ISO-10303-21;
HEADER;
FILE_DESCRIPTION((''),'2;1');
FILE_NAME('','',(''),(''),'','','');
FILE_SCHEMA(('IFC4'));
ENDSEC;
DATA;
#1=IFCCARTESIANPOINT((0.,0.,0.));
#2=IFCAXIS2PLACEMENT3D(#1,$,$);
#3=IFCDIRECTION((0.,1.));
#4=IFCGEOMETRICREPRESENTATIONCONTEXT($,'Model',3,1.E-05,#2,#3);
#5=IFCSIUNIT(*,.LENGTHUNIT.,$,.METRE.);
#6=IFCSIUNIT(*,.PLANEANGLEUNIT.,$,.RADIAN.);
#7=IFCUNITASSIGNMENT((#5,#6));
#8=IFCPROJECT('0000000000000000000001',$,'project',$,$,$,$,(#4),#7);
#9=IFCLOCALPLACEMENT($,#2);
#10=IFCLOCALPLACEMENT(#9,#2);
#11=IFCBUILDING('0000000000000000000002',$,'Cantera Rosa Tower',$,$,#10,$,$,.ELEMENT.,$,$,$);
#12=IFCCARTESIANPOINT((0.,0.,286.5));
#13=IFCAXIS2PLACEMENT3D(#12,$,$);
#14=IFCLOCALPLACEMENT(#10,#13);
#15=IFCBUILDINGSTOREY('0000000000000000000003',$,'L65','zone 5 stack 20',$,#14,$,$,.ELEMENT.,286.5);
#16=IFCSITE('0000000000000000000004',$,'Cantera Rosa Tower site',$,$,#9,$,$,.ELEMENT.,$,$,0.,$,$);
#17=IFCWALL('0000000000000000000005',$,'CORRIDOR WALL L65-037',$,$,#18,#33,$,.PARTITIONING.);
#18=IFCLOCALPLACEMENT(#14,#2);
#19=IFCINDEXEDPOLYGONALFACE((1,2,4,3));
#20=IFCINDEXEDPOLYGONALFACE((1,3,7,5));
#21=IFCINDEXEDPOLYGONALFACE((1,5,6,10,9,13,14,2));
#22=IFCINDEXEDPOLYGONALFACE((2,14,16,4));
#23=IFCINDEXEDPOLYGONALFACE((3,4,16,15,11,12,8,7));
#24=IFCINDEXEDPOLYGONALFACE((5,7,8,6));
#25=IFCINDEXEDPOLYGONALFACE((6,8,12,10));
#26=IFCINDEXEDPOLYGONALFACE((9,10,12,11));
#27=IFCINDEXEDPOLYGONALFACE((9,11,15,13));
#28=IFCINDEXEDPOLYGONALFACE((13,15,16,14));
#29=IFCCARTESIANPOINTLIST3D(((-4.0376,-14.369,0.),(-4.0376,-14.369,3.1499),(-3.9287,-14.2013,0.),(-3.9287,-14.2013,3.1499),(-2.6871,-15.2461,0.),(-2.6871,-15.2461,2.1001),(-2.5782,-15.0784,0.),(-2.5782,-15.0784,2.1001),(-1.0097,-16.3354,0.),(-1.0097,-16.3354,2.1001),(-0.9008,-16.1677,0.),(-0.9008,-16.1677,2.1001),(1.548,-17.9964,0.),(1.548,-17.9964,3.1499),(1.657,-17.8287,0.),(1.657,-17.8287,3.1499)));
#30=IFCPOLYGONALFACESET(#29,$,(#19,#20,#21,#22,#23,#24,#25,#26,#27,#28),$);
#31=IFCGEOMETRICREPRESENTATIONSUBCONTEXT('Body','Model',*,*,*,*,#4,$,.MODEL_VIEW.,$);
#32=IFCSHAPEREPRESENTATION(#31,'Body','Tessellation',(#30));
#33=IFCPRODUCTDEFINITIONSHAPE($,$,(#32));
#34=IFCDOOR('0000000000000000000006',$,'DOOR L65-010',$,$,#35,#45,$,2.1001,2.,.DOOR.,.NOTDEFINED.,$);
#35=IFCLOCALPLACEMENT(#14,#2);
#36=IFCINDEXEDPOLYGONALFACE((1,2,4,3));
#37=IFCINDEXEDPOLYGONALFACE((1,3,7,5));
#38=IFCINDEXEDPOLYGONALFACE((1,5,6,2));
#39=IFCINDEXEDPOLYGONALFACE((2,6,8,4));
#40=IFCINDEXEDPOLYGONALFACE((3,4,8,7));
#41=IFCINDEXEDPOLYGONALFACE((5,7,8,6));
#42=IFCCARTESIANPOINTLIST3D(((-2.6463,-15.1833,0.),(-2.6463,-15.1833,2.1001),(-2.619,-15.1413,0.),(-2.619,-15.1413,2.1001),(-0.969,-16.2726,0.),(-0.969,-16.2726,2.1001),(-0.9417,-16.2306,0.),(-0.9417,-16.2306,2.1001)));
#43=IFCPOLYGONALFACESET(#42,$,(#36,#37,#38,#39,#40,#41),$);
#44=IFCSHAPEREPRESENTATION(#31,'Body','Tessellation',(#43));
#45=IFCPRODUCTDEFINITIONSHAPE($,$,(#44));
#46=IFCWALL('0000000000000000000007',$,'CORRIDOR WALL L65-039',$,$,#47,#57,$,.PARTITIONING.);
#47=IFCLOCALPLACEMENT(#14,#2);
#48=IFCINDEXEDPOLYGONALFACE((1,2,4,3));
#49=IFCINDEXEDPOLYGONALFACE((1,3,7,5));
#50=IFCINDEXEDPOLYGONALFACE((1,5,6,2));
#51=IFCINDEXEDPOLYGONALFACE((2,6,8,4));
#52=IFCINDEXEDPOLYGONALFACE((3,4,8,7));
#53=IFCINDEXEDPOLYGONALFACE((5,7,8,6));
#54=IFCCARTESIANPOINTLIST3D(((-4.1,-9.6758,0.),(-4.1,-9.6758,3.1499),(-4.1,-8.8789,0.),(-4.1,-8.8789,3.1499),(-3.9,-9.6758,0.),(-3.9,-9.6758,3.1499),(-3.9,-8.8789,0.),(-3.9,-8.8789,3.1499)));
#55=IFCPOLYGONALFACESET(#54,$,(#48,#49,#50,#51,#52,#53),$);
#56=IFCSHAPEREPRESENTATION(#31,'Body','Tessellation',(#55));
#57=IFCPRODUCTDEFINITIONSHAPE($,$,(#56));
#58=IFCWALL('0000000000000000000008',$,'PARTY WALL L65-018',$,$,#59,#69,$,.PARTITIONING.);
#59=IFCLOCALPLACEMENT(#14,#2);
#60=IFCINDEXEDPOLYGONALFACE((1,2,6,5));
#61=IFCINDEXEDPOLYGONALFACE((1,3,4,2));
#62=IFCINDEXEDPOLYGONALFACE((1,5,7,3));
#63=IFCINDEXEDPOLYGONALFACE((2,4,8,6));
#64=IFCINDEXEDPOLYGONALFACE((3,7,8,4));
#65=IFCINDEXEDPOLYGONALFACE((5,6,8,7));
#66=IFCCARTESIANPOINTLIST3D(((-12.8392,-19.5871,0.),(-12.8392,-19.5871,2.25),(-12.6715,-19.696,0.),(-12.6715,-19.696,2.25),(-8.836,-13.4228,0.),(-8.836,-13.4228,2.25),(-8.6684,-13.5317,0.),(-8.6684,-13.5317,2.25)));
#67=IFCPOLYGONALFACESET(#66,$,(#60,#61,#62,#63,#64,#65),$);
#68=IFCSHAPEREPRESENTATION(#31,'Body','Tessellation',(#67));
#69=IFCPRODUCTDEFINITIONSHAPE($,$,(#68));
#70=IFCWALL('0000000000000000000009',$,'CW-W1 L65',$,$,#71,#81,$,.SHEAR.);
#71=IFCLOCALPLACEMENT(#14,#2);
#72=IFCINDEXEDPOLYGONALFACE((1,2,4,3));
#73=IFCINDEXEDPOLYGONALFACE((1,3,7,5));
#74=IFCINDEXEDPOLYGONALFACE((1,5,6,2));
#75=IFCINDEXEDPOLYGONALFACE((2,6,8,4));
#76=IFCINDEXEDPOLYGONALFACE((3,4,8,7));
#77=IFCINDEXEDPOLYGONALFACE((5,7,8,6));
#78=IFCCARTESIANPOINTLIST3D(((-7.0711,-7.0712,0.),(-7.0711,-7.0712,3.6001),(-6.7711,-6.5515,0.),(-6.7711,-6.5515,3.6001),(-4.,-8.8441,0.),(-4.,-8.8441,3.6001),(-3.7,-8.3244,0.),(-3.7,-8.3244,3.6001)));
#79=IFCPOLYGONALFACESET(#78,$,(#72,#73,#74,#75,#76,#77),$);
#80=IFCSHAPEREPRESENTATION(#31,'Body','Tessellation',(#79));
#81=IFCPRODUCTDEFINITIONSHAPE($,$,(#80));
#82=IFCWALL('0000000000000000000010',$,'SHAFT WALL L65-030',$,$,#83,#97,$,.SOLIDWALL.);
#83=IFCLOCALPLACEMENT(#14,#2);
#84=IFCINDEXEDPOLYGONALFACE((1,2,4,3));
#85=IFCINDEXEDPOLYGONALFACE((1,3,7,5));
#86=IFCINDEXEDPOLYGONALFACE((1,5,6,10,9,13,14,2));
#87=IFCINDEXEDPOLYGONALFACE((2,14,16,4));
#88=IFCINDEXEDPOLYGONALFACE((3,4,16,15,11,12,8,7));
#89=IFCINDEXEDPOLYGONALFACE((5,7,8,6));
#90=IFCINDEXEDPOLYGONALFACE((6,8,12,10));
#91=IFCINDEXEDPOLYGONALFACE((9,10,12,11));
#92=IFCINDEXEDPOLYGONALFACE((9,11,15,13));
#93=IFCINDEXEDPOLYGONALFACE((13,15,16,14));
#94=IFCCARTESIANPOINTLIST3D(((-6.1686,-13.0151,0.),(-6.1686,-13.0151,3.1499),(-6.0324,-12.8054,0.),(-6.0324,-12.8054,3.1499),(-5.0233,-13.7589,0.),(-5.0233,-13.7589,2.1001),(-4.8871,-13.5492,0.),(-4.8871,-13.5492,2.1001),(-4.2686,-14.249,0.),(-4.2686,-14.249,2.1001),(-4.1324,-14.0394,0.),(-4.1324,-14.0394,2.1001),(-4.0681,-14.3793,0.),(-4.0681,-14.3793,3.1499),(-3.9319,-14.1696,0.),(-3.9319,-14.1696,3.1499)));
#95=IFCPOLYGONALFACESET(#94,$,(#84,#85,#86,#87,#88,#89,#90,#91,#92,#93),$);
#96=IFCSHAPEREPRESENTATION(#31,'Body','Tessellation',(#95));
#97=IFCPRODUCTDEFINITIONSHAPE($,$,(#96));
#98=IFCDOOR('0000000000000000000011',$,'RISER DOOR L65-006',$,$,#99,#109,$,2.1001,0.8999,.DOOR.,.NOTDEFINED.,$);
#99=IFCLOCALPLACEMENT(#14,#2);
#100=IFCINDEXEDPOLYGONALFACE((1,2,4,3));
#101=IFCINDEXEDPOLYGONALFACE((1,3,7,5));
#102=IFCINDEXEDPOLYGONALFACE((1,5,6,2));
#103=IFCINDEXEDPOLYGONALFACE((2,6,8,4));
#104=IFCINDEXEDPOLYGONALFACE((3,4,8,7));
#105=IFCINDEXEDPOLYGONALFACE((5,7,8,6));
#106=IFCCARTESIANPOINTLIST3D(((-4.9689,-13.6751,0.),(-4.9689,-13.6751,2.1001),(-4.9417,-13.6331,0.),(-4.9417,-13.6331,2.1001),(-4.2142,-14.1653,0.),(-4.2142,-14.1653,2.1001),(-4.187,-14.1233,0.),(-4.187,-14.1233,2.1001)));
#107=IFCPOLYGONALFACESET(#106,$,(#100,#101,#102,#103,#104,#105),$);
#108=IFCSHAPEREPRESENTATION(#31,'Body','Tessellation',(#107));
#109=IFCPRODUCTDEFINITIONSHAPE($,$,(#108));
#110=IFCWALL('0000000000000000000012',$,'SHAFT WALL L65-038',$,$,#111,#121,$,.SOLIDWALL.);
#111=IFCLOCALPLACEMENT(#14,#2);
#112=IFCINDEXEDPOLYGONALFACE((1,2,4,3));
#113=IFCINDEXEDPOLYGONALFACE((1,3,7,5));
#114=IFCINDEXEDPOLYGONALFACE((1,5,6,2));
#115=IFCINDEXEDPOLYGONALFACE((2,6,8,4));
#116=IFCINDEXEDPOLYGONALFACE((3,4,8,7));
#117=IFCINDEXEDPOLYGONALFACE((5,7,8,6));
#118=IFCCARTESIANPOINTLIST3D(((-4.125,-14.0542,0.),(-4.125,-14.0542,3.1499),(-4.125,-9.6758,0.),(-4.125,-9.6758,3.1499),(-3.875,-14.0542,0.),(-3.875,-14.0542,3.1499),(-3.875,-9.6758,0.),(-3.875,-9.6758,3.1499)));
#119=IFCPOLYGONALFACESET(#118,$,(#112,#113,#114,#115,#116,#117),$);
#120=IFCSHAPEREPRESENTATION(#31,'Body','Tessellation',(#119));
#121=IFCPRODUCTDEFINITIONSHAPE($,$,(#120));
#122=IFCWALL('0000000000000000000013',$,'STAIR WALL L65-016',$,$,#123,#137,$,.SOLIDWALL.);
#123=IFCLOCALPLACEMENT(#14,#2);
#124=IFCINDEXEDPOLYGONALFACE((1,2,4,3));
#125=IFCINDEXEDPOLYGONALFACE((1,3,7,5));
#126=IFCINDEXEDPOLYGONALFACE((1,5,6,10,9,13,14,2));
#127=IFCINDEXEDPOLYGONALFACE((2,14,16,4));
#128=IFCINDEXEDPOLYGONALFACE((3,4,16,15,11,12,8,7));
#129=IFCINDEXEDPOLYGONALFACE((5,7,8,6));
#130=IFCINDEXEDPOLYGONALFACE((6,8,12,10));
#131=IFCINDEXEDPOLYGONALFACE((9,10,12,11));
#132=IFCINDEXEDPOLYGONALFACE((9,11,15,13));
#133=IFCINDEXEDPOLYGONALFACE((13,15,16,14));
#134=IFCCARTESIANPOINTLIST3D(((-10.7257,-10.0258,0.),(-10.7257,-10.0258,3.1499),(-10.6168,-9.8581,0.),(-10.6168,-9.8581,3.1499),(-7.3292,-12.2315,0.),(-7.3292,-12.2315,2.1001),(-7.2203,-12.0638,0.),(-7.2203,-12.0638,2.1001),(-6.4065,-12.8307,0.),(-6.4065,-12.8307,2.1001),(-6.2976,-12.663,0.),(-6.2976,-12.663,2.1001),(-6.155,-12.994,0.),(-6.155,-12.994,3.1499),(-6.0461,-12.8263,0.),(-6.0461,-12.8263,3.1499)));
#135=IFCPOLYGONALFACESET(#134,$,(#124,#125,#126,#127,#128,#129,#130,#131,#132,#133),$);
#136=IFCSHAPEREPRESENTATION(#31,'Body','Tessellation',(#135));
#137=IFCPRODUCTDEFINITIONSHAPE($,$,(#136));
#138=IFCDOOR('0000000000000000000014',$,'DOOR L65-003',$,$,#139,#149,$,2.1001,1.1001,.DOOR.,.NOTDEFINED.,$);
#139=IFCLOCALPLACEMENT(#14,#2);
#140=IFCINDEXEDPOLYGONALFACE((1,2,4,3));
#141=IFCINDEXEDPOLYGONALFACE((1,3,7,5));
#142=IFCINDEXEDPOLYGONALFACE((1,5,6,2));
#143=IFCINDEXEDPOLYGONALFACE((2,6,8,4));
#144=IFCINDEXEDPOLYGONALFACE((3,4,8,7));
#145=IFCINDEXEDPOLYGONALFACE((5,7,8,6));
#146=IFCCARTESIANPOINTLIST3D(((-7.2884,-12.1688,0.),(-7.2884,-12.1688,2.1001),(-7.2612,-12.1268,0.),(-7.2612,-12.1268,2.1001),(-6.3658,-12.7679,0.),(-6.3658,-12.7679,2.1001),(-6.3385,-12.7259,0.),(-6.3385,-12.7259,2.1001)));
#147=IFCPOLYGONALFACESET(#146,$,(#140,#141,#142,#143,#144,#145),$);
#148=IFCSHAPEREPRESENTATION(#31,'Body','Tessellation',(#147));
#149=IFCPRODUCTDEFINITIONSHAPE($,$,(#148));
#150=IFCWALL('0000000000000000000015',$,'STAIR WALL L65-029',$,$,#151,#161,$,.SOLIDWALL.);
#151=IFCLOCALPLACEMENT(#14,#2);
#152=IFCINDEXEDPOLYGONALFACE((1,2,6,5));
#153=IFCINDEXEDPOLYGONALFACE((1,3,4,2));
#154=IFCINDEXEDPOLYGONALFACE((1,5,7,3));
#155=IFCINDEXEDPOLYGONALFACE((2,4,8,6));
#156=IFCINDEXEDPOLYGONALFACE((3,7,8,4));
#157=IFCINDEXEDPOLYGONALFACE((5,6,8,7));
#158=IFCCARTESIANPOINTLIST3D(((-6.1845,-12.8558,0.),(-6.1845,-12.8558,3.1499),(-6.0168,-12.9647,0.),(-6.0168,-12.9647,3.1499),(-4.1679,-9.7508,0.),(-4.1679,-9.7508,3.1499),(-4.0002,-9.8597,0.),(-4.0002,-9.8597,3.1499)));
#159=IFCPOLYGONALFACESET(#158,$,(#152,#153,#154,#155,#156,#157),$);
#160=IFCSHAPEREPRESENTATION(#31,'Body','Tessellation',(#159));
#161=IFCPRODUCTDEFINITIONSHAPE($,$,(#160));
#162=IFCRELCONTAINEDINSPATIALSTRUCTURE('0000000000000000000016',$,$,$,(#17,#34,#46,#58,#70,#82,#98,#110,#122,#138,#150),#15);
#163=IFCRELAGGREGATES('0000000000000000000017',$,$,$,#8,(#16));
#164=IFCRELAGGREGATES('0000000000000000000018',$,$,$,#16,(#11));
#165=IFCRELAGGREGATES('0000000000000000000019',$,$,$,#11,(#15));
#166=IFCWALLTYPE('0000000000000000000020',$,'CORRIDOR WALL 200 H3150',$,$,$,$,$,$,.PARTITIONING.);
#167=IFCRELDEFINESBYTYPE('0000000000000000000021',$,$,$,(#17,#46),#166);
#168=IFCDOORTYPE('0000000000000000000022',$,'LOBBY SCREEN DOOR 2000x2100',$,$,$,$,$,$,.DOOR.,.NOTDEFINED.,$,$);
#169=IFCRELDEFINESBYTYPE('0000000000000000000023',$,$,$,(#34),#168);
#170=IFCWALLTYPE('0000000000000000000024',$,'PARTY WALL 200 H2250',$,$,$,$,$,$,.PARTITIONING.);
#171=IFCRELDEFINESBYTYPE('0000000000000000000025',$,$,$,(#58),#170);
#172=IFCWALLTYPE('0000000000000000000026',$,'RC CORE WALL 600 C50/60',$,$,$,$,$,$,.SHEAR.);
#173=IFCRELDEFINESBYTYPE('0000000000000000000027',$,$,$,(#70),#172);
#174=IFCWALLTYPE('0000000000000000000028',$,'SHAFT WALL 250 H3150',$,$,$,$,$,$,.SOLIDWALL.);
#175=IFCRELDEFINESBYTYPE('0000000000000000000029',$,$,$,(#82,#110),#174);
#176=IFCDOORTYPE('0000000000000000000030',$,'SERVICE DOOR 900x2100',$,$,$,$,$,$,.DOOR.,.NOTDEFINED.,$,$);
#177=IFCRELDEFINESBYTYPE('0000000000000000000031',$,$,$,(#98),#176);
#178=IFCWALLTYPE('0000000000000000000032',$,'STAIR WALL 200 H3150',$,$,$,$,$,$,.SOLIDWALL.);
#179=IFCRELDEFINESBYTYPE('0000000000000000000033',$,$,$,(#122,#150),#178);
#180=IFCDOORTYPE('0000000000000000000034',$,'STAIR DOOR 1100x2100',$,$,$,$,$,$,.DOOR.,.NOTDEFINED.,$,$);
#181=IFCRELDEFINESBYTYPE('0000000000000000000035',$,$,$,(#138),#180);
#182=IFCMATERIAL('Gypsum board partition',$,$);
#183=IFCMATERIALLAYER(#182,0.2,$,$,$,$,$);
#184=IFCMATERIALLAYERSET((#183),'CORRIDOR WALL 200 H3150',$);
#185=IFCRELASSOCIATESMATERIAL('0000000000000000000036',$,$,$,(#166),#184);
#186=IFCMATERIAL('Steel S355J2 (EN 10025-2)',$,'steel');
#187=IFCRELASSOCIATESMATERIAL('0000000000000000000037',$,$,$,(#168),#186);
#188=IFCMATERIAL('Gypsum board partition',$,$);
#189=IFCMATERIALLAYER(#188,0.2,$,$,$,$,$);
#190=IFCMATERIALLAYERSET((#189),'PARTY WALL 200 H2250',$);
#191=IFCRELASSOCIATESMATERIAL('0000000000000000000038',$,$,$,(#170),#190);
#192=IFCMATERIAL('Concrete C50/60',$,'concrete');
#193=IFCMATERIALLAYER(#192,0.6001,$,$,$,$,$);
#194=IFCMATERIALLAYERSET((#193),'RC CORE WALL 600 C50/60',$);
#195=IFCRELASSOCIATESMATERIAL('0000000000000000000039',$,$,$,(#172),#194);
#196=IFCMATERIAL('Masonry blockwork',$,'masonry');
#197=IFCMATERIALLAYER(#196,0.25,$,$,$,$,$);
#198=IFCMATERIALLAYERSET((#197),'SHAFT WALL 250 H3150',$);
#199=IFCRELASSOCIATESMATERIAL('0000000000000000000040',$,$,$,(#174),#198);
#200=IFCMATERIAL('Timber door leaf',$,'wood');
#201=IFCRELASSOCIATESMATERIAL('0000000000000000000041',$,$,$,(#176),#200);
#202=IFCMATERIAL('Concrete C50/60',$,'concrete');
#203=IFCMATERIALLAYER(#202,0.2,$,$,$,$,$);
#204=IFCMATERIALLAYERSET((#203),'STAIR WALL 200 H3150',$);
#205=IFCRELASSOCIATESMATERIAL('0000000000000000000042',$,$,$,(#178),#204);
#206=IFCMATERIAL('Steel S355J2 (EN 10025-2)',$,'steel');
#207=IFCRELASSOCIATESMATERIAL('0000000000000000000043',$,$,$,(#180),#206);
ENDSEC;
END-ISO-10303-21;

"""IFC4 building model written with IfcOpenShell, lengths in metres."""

from ifc_helpers import new_model, si_unit, direction, frame, frame_2d, origin, place, context, subcontext, project, spatial, rectangle, extrude, material, layer, layer_set, type_object, element, fill, save


model = new_model("IFC4")

# Units and contexts
model_context = context("Model", 3, precision=1e-05, world=origin(), true_north=direction((0.0, 1.0)))
body_context = subcontext(model_context, "Body", "Model", "MODEL_VIEW")
ifc_project = project(units=[si_unit("LENGTHUNIT", "METRE"), si_unit("PLANEANGLEUNIT", "RADIAN")], contexts=[model_context])

# Site, building, storey
site_placement = place(None, origin())
site = spatial("IfcSite", under=ifc_project, at=site_placement, Name="Cantera Rosa Tower site", CompositionType="ELEMENT", RefElevation=0.0)
building_placement = place(site_placement, origin())
building = spatial("IfcBuilding", under=site, at=building_placement, Name="Cantera Rosa Tower", CompositionType="ELEMENT")
storey_placement = place(building_placement, frame((0.0, 0.0, 286.5)))
storey = spatial("IfcBuildingStorey", under=building, at=storey_placement, Name="L65", Description="zone 5 stack 20", CompositionType="ELEMENT", Elevation=286.5)

# Wall, opening, door
ifc_material_1 = material(Name="Gypsum board partition")
ifc_layer_1 = layer(ifc_material_1, 0.2)
ifc_layer_set_1 = layer_set([ifc_layer_1], Name="CORRIDOR WALL 200 H3150")
wall_type_1 = type_object("IfcWallType", Name="CORRIDOR WALL 200 H3150", PredefinedType="PARTITIONING", material=ifc_layer_set_1)
wall_1_placement = place(storey_placement, frame((-3.9832, -14.2852, 0.0), z_axis=(0.0, 0.0, 1.0), x_axis=(0.838667, -0.544644, 0.0)))
wall_1 = element("IfcWall", 1, at=wall_1_placement, inside=storey, type_object=wall_type_1, Name="CORRIDOR WALL L65-037", PredefinedType="PARTITIONING", context=body_context, shape_type="SweptSolid", body=[
    extrude(rectangle(XDim=6.6602, YDim=0.2, at=frame_2d((3.3301, 0.0))), origin(), (0.0, 0.0, 1.0), 3.1499),
])
opening_1_placement = place(wall_1_placement, frame((1.6104, 0.0, 0.0)))
opening_1 = element("IfcOpeningElement", 2, at=opening_1_placement, cuts=wall_1, PredefinedType="OPENING", context=body_context, shape_type="SweptSolid", body=[
    extrude(rectangle(XDim=2.0, YDim=2.1001, at=frame_2d((1.0, 1.05))), frame((0.0, 0.1099, 0.0), z_axis=(0.0, -1.0, 0.0), x_axis=(1.0, 0.0, 0.0)), (0.0, 0.0, 1.0), 0.22),
])
ifc_material_2 = material(Name="Steel S355J2 (EN 10025-2)", Category="steel")
door_type_1 = type_object("IfcDoorType", Name="LOBBY SCREEN DOOR 2000x2100", OperationType="NOTDEFINED", PredefinedType="DOOR", material=ifc_material_2)
door_1_placement = place(opening_1_placement, origin())
door_1 = element("IfcDoor", 3, at=door_1_placement, inside=storey, type_object=door_type_1, Name="DOOR L65-010", OperationType="NOTDEFINED", OverallHeight=2.1001, OverallWidth=2.0, PredefinedType="DOOR", context=body_context, shape_type="SweptSolid", body=[
    extrude(rectangle(XDim=2.0, YDim=2.1001, at=frame_2d((1.0, 1.05))), frame((0.0, 0.0249, 0.0), z_axis=(0.0, -1.0, 0.0), x_axis=(1.0, 0.0, 0.0)), (0.0, 0.0, 1.0), 0.05),
])
fill(opening_1, door_1)

# Wall
wall_2_placement = place(storey_placement, frame((-4.0, -9.6758, 0.0), z_axis=(0.0, 0.0, 1.0), x_axis=(0.0, 1.0, 0.0)))
element("IfcWall", 4, at=wall_2_placement, inside=storey, type_object=wall_type_1, Name="CORRIDOR WALL L65-039", PredefinedType="PARTITIONING", context=body_context, shape_type="SweptSolid", body=[
    extrude(rectangle(XDim=0.7969, YDim=0.2, at=frame_2d((0.3984, 0.0))), origin(), (0.0, 0.0, 1.0), 3.1499),
])

# Walls
ifc_material_3 = material(Name="Gypsum board partition")
ifc_layer_2 = layer(ifc_material_3, 0.2)
ifc_layer_set_2 = layer_set([ifc_layer_2], Name="PARTY WALL 200 H2250")
wall_type_2 = type_object("IfcWallType", Name="PARTY WALL 200 H2250", PredefinedType="PARTITIONING", material=ifc_layer_set_2)
wall_3_placement = place(storey_placement, frame((-8.7522, -13.4773, 0.0), z_axis=(0.0, 0.0, 1.0), x_axis=(-0.544642, -0.838669, 0.0)))
element("IfcWall", 5, at=wall_3_placement, inside=storey, type_object=wall_type_2, Name="PARTY WALL L65-018", PredefinedType="PARTITIONING", context=body_context, shape_type="SweptSolid", body=[
    extrude(rectangle(XDim=7.3501, YDim=0.2, at=frame_2d((3.675, 0.0))), origin(), (0.0, 0.0, 1.0), 2.25),
])
ifc_material_4 = material(Name="Concrete C50/60", Category="concrete")
ifc_layer_3 = layer(ifc_material_4, 0.6001)
ifc_layer_set_3 = layer_set([ifc_layer_3], Name="RC CORE WALL 600 C50/60")
wall_type_3 = type_object("IfcWallType", Name="RC CORE WALL 600 C50/60", PredefinedType="SHEAR", material=ifc_layer_set_3)
wall_4_placement = place(storey_placement, frame((-3.8501, -8.5842, 0.0), z_axis=(0.0, 0.0, 1.0), x_axis=(-0.86604, 0.499975, 0.0)))
element("IfcWall", 6, at=wall_4_placement, inside=storey, type_object=wall_type_3, Name="CW-W1 L65", PredefinedType="SHEAR", context=body_context, shape_type="SweptSolid", body=[
    extrude(rectangle(XDim=3.5461, YDim=0.6001, at=frame_2d((1.7729, 0.0))), origin(), (0.0, 0.0, 1.0), 3.6001),
])

# Wall, opening, door
ifc_material_5 = material(Name="Masonry blockwork", Category="masonry")
ifc_layer_4 = layer(ifc_material_5, 0.25)
ifc_layer_set_4 = layer_set([ifc_layer_4], Name="SHAFT WALL 250 H3150")
wall_type_4 = type_object("IfcWallType", Name="SHAFT WALL 250 H3150", PredefinedType="SOLIDWALL", material=ifc_layer_set_4)
wall_5_placement = place(storey_placement, frame((-6.1006, -12.9102, 0.0), z_axis=(0.0, 0.0, 1.0), x_axis=(0.838648, -0.544673, 0.0)))
wall_5 = element("IfcWall", 7, at=wall_5_placement, inside=storey, type_object=wall_type_4, Name="SHAFT WALL L65-030", PredefinedType="SOLIDWALL", context=body_context, shape_type="SweptSolid", body=[
    extrude(rectangle(XDim=2.5046, YDim=0.25, at=frame_2d((1.2524, 0.0))), origin(), (0.0, 0.0, 1.0), 3.1499),
])
opening_2_placement = place(wall_5_placement, frame((1.3657, 0.0, 0.0)))
opening_2 = element("IfcOpeningElement", 8, at=opening_2_placement, cuts=wall_5, PredefinedType="OPENING", context=body_context, shape_type="SweptSolid", body=[
    extrude(rectangle(XDim=0.8999, YDim=2.1001, at=frame_2d((0.45, 1.05))), frame((0.0, 0.135, 0.0), z_axis=(0.0, -1.0, 0.0), x_axis=(1.0, 0.0, 0.0)), (0.0, 0.0, 1.0), 0.27),
])
ifc_material_6 = material(Name="Timber door leaf", Category="wood")
door_type_2 = type_object("IfcDoorType", Name="SERVICE DOOR 900x2100", OperationType="NOTDEFINED", PredefinedType="DOOR", material=ifc_material_6)
door_2_placement = place(opening_2_placement, origin())
door_2 = element("IfcDoor", 9, at=door_2_placement, inside=storey, type_object=door_type_2, Name="RISER DOOR L65-006", OperationType="NOTDEFINED", OverallHeight=2.1001, OverallWidth=0.8999, PredefinedType="DOOR", context=body_context, shape_type="SweptSolid", body=[
    extrude(rectangle(XDim=0.8999, YDim=2.1001, at=frame_2d((0.45, 1.05))), frame((0.0, 0.0249, 0.0), z_axis=(0.0, -1.0, 0.0), x_axis=(1.0, 0.0, 0.0)), (0.0, 0.0, 1.0), 0.05),
])
fill(opening_2, door_2)

# Wall
wall_6_placement = place(storey_placement, frame((-4.0, -9.6758, 0.0), z_axis=(0.0, 0.0, 1.0), x_axis=(0.0, -1.0, 0.0)))
element("IfcWall", 10, at=wall_6_placement, inside=storey, type_object=wall_type_4, Name="SHAFT WALL L65-038", PredefinedType="SOLIDWALL", context=body_context, shape_type="SweptSolid", body=[
    extrude(rectangle(XDim=4.3784, YDim=0.25, at=frame_2d((2.1892, 0.0))), origin(), (0.0, 0.0, 1.0), 3.1499),
])

# Wall, opening, door
ifc_material_7 = material(Name="Concrete C50/60", Category="concrete")
ifc_layer_5 = layer(ifc_material_7, 0.2)
ifc_layer_set_5 = layer_set([ifc_layer_5], Name="STAIR WALL 200 H3150")
wall_type_5 = type_object("IfcWallType", Name="STAIR WALL 200 H3150", PredefinedType="SOLIDWALL", material=ifc_layer_set_5)
wall_7_placement = place(storey_placement, frame((-10.6714, -9.9419, 0.0), z_axis=(0.0, 0.0, 1.0), x_axis=(0.838675, -0.544632, 0.0)))
wall_7 = element("IfcWall", 11, at=wall_7_placement, inside=storey, type_object=wall_type_5, Name="STAIR WALL L65-016", PredefinedType="SOLIDWALL", context=body_context, shape_type="SweptSolid", body=[
    extrude(rectangle(XDim=5.45, YDim=0.2, at=frame_2d((2.7251, 0.0))), origin(), (0.0, 0.0, 1.0), 3.1499),
])
opening_3_placement = place(wall_7_placement, frame((4.05, 0.0, 0.0)))
opening_3 = element("IfcOpeningElement", 12, at=opening_3_placement, cuts=wall_7, PredefinedType="OPENING", context=body_context, shape_type="SweptSolid", body=[
    extrude(rectangle(XDim=1.1001, YDim=2.1001, at=frame_2d((0.55, 1.05))), frame((0.0, 0.1099, 0.0), z_axis=(0.0, -1.0, 0.0), x_axis=(1.0, 0.0, 0.0)), (0.0, 0.0, 1.0), 0.22),
])
ifc_material_8 = material(Name="Steel S355J2 (EN 10025-2)", Category="steel")
door_type_3 = type_object("IfcDoorType", Name="STAIR DOOR 1100x2100", OperationType="NOTDEFINED", PredefinedType="DOOR", material=ifc_material_8)
door_3_placement = place(opening_3_placement, origin())
door_3 = element("IfcDoor", 13, at=door_3_placement, inside=storey, type_object=door_type_3, Name="DOOR L65-003", OperationType="NOTDEFINED", OverallHeight=2.1001, OverallWidth=1.1001, PredefinedType="DOOR", context=body_context, shape_type="SweptSolid", body=[
    extrude(rectangle(XDim=1.1001, YDim=2.1001, at=frame_2d((0.55, 1.05))), frame((0.0, 0.0249, 0.0), z_axis=(0.0, -1.0, 0.0), x_axis=(1.0, 0.0, 0.0)), (0.0, 0.0, 1.0), 0.05),
])
fill(opening_3, door_3)

# Wall
wall_8_placement = place(storey_placement, frame((-6.1006, -12.9102, 0.0), z_axis=(0.0, 0.0, 1.0), x_axis=(0.544678, 0.838645, 0.0)))
element("IfcWall", 14, at=wall_8_placement, inside=storey, type_object=wall_type_5, Name="STAIR WALL L65-029", PredefinedType="SOLIDWALL", context=body_context, shape_type="SweptSolid", body=[
    extrude(rectangle(XDim=3.7024, YDim=0.2, at=frame_2d((1.8511, 0.0))), origin(), (0.0, 0.0, 1.0), 3.1499),
])

save(model, "model.ifc")
